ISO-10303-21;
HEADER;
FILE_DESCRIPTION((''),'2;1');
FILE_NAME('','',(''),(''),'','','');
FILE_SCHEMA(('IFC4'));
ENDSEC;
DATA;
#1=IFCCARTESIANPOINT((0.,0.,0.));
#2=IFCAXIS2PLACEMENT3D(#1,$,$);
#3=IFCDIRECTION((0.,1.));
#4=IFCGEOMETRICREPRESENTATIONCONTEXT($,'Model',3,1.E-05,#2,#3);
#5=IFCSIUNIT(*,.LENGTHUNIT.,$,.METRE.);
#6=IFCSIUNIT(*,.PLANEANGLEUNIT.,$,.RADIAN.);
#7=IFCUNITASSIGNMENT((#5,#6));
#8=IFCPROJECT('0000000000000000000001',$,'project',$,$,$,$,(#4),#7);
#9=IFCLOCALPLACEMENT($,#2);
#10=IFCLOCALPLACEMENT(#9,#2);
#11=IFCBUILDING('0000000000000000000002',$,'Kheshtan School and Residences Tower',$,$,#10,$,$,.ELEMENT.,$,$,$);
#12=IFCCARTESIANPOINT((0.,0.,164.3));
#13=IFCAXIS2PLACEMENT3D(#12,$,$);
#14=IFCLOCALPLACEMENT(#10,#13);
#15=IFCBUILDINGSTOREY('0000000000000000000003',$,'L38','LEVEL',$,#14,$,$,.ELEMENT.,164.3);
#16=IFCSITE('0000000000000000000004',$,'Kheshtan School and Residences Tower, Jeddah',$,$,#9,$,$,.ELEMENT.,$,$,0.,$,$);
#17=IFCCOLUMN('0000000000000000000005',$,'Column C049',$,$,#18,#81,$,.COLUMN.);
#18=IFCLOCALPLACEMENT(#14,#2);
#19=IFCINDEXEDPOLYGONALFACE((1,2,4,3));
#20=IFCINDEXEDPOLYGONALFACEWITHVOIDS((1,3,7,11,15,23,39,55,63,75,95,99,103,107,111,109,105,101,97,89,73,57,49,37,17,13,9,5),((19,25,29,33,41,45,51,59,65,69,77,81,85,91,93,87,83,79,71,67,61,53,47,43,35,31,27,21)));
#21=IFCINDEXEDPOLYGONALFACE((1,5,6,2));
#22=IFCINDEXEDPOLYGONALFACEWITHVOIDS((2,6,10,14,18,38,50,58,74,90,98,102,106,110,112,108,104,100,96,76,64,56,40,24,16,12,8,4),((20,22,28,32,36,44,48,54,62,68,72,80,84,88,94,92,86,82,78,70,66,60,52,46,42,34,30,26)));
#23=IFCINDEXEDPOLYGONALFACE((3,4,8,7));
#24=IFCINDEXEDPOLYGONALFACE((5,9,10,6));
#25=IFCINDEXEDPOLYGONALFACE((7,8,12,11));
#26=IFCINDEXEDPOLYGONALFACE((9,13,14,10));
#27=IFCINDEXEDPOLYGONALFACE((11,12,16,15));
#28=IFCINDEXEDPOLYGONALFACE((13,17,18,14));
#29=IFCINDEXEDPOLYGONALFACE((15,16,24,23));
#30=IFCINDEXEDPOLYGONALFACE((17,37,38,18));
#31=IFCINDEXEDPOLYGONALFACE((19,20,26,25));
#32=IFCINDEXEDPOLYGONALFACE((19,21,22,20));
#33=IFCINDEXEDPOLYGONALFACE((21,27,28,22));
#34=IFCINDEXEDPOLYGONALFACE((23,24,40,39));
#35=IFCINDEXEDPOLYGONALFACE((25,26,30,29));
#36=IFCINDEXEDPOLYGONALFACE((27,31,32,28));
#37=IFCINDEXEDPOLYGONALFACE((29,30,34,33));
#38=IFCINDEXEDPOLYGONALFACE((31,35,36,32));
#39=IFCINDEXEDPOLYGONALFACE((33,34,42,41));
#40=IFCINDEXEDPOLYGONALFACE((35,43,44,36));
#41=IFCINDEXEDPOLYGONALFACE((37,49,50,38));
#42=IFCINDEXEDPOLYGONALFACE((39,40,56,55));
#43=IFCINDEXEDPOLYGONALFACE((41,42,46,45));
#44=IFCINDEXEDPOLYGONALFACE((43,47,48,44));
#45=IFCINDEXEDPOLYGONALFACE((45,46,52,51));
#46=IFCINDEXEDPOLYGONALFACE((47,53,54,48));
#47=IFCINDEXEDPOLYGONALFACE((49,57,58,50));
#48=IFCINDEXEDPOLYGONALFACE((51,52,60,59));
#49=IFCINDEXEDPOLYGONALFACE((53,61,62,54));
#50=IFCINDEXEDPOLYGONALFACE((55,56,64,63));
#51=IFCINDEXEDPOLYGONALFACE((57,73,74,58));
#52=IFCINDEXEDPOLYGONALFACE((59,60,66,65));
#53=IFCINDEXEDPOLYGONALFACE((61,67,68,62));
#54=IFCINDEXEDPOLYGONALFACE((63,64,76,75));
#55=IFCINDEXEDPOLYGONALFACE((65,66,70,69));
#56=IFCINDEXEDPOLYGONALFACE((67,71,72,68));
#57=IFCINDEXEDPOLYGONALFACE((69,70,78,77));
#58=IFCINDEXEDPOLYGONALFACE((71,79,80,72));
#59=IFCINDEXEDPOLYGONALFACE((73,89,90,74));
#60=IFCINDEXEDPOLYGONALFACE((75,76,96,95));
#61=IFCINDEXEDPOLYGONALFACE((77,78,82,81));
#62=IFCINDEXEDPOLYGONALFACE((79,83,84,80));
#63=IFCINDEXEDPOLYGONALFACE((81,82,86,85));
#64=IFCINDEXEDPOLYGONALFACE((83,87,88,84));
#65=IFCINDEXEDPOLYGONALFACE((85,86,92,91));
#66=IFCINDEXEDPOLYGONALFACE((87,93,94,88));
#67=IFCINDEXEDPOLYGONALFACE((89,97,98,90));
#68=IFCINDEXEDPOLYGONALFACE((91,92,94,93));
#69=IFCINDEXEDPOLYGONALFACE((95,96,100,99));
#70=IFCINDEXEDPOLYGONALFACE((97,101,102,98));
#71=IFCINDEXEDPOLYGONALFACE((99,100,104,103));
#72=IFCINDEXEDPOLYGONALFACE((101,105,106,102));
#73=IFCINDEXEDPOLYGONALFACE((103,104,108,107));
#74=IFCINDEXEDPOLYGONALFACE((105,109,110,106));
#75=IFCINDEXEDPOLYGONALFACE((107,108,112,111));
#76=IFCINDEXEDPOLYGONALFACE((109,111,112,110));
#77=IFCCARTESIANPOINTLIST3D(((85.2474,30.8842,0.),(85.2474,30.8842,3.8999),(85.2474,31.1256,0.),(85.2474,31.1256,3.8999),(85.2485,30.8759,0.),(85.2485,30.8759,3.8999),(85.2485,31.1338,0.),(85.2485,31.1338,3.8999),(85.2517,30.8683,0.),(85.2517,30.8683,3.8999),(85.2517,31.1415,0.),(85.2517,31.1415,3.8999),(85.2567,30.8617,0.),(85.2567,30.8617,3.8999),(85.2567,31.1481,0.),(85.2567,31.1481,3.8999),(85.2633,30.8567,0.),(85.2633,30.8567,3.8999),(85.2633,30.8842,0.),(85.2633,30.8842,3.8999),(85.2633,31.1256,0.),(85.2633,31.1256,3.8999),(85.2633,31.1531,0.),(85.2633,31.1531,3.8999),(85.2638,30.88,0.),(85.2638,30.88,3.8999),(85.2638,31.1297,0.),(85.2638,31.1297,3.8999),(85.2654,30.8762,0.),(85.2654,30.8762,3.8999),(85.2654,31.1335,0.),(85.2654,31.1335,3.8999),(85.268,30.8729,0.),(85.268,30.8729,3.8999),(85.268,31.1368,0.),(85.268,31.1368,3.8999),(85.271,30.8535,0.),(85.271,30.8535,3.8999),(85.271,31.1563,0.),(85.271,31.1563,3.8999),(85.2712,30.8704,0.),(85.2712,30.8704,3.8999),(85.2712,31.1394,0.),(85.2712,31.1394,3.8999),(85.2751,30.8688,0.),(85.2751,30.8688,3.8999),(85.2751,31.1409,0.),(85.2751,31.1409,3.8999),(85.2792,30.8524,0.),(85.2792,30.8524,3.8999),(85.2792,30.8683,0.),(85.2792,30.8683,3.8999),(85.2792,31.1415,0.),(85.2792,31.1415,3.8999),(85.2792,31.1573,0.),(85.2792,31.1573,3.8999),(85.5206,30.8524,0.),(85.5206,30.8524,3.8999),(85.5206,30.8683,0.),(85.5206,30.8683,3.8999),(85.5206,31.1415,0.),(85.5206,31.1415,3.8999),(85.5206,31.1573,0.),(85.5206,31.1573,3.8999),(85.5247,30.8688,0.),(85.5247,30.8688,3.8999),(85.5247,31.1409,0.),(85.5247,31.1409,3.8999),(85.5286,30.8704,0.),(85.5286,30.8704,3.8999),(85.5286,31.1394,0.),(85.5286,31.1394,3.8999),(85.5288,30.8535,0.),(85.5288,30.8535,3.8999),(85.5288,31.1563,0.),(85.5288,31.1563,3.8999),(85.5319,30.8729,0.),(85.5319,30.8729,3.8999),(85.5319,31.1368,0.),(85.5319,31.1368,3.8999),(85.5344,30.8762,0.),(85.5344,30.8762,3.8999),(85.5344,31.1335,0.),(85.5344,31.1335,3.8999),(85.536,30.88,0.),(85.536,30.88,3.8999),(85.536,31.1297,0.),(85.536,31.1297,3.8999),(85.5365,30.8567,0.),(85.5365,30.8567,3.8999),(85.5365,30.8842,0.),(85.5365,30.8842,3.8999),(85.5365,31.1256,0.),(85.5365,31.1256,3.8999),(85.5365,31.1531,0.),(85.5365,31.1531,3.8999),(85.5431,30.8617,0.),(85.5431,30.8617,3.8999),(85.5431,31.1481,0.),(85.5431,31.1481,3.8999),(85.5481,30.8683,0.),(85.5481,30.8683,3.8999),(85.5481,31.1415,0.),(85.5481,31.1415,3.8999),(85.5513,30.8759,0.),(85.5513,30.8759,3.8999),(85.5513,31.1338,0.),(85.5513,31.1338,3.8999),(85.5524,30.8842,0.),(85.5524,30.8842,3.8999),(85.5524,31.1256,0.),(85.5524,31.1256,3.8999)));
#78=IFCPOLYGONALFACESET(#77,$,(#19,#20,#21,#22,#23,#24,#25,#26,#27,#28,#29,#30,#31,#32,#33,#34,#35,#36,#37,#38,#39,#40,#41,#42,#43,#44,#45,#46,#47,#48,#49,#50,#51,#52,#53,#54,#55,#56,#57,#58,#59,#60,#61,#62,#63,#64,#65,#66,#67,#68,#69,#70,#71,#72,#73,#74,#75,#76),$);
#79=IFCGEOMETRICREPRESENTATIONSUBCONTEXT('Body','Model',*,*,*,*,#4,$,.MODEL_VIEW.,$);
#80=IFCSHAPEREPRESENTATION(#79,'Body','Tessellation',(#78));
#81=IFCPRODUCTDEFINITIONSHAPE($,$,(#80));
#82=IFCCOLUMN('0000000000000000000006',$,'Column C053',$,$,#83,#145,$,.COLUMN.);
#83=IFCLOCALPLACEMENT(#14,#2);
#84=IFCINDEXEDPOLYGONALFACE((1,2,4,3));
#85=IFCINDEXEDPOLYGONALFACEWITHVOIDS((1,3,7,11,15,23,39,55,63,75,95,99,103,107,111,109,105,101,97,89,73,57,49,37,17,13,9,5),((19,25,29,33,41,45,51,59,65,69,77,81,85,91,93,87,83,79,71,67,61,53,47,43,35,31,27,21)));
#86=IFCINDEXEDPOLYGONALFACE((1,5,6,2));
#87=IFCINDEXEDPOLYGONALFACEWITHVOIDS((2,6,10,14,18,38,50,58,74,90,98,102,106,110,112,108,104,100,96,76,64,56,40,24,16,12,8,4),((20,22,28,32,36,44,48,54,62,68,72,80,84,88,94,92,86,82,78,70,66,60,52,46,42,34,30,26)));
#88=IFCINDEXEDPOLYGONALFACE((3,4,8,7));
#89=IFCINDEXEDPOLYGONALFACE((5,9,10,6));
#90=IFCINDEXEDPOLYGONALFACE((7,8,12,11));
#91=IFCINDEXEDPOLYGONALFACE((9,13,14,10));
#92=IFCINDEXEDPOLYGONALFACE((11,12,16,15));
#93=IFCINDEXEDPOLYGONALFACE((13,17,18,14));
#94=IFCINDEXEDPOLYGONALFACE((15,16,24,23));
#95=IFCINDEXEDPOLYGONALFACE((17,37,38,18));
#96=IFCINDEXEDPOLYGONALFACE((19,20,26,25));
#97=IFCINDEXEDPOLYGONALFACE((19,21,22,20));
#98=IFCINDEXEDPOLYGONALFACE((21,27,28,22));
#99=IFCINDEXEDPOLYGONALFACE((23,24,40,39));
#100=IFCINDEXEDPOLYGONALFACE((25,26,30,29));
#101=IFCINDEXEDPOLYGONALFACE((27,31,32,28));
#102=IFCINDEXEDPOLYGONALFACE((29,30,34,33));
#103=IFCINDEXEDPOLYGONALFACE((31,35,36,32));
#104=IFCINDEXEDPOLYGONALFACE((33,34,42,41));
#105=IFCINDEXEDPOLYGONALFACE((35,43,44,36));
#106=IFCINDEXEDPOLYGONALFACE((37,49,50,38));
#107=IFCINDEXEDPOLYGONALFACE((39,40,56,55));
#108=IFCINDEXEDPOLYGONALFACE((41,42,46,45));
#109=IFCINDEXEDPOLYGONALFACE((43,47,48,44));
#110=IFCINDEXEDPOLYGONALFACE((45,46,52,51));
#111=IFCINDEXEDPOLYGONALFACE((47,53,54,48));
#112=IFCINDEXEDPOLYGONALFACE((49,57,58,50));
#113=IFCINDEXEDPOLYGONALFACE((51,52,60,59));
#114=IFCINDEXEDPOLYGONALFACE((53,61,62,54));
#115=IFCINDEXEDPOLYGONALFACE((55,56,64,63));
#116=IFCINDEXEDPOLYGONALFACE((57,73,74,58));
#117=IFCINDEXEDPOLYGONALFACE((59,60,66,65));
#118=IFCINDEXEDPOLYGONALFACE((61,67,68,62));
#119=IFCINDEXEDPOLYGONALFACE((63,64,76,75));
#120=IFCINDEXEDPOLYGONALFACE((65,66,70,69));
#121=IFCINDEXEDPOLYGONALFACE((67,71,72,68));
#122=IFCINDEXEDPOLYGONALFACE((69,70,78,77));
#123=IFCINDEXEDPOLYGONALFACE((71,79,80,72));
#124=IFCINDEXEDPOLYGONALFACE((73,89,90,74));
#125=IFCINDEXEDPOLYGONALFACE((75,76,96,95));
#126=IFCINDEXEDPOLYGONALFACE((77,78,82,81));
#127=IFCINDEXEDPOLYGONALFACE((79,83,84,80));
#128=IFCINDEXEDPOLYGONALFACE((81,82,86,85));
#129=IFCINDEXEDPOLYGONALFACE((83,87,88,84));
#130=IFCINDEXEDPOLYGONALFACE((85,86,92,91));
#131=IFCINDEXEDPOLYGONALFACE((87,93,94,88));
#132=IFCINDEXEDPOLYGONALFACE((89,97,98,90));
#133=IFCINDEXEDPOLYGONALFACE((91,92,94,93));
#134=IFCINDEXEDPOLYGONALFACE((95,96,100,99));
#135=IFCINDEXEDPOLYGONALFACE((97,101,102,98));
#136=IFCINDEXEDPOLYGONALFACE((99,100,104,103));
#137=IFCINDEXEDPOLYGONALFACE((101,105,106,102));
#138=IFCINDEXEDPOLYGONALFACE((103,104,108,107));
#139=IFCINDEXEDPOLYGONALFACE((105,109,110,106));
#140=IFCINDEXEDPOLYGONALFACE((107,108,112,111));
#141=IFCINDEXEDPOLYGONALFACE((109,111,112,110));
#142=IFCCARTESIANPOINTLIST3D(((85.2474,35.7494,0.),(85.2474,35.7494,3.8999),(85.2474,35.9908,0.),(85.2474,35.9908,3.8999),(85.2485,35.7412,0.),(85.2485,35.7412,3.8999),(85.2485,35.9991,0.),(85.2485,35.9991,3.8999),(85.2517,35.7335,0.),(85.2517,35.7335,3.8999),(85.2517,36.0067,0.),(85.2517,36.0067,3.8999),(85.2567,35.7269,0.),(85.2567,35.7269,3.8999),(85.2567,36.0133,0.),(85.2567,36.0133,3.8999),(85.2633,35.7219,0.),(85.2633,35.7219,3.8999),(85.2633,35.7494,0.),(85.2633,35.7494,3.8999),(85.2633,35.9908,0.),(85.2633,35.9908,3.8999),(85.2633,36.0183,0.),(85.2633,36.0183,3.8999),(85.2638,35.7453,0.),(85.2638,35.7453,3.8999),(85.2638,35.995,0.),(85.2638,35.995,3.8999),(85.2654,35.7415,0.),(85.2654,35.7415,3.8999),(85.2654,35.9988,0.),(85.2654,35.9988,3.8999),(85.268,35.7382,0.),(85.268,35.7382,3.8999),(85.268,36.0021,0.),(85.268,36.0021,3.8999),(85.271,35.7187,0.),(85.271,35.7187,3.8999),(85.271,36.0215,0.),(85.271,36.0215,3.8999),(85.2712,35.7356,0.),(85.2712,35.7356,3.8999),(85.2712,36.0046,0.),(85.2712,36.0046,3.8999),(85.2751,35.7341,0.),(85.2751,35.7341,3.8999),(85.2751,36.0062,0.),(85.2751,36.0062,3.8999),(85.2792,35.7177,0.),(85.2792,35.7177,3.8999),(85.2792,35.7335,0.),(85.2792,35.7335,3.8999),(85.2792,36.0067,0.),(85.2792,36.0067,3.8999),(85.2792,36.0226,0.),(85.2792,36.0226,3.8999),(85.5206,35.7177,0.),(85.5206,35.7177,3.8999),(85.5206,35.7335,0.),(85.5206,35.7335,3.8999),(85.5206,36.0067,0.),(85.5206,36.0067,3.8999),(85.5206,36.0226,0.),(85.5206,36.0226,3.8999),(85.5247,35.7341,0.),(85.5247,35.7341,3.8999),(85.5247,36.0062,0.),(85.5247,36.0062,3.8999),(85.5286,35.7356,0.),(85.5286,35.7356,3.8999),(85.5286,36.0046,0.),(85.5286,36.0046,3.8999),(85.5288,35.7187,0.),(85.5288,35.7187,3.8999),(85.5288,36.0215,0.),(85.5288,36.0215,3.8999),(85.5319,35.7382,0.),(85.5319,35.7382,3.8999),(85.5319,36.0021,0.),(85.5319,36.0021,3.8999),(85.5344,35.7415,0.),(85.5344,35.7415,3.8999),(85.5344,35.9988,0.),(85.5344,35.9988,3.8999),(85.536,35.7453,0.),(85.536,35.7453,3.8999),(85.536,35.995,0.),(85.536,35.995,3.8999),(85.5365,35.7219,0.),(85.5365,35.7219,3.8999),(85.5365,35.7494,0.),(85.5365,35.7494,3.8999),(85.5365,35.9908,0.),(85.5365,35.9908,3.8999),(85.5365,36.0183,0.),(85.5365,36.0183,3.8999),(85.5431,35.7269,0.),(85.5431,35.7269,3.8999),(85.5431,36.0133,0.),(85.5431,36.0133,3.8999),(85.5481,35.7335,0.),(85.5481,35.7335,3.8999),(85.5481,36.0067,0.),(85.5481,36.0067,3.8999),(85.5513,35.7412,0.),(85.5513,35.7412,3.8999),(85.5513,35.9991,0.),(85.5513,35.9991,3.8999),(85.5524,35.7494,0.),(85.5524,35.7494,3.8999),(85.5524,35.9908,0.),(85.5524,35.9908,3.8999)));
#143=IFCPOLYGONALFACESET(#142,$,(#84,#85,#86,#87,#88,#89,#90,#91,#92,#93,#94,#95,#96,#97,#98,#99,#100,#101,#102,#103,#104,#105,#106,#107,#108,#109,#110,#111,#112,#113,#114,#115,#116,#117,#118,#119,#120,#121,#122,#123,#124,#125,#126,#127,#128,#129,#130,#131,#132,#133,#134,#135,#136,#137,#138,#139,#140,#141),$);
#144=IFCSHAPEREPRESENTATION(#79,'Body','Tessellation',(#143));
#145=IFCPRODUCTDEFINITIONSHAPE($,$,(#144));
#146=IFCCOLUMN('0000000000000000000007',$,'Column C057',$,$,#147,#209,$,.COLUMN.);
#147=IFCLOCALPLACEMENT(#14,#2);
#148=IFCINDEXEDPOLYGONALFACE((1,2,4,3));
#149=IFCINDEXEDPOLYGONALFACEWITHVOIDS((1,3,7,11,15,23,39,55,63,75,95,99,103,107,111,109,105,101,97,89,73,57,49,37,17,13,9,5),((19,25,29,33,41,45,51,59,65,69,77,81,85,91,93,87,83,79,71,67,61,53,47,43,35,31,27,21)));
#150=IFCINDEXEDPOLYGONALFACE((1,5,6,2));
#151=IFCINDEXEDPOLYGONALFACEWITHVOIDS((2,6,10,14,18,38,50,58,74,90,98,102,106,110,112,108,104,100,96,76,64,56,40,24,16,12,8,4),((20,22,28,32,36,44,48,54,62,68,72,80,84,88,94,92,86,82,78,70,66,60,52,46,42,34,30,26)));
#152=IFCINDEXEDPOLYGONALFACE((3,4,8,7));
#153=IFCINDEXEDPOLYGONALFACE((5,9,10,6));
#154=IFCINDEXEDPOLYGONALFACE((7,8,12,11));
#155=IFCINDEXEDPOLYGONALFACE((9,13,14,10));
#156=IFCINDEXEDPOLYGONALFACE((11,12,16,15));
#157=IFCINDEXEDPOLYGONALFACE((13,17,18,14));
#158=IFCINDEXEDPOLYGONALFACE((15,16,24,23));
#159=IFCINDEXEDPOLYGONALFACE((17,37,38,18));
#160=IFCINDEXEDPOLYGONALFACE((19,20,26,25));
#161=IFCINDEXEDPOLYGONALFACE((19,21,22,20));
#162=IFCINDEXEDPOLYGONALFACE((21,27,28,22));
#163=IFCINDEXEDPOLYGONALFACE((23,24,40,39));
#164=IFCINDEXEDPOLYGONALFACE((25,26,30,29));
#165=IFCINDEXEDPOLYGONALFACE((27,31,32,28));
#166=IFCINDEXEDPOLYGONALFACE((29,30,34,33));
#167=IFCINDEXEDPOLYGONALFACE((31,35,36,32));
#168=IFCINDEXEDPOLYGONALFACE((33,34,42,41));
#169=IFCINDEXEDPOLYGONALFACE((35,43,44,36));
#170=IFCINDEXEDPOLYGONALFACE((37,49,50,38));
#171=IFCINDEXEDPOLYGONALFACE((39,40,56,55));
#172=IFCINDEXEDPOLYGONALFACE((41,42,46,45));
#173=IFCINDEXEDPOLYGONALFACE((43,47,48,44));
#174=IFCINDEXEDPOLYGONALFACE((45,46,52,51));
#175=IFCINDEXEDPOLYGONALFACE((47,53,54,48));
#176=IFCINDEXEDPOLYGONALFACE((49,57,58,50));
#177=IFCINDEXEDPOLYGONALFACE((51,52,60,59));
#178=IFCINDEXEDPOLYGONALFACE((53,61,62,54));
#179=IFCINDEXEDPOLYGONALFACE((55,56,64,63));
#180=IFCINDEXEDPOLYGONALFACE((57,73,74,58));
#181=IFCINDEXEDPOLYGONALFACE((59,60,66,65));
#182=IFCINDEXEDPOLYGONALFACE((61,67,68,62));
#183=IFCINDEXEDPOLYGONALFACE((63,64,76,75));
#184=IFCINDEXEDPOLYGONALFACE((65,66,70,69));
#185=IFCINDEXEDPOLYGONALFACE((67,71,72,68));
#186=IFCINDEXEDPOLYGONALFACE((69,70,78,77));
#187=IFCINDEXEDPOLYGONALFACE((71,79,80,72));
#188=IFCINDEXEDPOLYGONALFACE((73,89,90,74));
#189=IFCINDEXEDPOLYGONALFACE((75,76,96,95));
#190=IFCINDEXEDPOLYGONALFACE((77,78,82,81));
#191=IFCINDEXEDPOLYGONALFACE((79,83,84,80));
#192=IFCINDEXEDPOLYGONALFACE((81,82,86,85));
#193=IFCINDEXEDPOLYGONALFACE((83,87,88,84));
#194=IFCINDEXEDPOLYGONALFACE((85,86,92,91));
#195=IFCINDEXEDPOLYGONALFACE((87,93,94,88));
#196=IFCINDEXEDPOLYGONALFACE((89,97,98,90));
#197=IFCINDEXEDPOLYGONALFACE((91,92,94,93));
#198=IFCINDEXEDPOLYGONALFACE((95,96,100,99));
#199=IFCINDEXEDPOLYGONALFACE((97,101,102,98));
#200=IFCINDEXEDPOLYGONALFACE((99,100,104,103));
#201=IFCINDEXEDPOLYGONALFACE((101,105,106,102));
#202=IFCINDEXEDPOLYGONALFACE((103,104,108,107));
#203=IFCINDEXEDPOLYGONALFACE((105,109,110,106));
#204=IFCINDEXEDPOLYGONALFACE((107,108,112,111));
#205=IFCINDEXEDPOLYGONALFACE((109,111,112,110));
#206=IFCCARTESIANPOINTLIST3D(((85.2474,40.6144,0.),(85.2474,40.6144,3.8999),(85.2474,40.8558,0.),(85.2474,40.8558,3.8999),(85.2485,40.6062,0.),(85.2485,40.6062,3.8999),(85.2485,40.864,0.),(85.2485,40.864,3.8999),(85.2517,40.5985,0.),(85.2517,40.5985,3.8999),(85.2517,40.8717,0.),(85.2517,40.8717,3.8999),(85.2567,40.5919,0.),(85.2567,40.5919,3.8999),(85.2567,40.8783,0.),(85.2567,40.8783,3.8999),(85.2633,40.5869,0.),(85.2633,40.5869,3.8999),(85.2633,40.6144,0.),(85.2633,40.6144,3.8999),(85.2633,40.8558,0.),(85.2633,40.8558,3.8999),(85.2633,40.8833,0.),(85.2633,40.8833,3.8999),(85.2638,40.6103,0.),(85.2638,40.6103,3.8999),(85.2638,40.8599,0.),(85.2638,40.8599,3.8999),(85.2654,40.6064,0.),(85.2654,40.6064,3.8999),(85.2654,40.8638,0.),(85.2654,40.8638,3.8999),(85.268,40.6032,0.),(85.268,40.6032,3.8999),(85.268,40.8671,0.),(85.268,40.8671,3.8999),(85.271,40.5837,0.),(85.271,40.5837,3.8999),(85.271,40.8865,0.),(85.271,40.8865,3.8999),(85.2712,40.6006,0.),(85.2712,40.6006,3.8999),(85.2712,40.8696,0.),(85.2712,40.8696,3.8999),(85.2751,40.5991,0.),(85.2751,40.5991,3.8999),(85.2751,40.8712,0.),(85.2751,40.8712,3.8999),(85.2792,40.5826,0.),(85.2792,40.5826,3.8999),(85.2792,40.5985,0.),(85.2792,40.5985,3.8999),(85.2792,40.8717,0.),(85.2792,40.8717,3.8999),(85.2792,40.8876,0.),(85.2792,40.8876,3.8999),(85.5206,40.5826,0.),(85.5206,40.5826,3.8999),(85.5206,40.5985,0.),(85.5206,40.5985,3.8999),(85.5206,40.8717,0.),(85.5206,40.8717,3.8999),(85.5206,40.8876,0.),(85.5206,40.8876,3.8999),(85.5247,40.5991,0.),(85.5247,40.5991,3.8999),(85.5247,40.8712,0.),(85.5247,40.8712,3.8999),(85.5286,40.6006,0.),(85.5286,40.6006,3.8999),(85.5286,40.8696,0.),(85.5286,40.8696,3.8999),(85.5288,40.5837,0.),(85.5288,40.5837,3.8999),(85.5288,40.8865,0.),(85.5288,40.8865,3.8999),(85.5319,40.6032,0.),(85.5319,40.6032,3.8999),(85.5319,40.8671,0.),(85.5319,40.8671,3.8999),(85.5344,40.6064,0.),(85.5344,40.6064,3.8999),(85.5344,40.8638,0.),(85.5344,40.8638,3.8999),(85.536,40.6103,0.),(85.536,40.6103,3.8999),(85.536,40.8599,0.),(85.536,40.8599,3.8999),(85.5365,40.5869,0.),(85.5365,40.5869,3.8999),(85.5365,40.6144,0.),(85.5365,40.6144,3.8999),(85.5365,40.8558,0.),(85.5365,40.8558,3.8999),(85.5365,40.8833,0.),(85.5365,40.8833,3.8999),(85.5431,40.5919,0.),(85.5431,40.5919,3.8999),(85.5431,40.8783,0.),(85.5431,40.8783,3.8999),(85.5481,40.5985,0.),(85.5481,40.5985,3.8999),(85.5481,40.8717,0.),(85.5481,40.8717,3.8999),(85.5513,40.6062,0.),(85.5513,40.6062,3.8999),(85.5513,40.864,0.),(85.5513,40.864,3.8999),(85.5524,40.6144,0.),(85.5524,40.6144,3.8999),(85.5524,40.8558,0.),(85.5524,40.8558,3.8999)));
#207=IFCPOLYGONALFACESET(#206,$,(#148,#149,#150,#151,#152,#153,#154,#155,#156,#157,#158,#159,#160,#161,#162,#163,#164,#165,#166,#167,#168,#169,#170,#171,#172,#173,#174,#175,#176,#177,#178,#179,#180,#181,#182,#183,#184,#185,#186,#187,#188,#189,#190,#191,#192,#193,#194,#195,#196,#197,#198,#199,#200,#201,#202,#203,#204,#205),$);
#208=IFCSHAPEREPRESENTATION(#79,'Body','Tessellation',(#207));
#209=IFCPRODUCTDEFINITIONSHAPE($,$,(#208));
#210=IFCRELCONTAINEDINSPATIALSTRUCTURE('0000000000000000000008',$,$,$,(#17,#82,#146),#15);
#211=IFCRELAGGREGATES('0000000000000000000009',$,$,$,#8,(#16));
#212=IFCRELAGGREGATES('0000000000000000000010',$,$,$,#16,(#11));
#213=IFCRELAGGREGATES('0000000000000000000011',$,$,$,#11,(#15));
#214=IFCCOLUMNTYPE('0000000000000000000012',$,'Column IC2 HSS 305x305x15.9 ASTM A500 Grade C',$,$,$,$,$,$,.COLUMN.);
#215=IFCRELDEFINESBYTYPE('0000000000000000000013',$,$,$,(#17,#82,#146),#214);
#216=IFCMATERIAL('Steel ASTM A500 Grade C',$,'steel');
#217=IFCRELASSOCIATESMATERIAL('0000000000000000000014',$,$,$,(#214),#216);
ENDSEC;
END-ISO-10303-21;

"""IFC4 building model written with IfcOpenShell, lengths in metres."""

from ifc_helpers import new_model, si_unit, direction, frame, origin, origin_2d, place, context, subcontext, project, spatial, hollow_rectangle, extrude, material, material_profile, profile_set, type_object, element, save


model = new_model("IFC4")

# Units and contexts
model_context = context("Model", 3, precision=1e-05, world=origin(), true_north=direction((0.0, 1.0)))
body_context = subcontext(model_context, "Body", "Model", "MODEL_VIEW")
ifc_project = project(units=[si_unit("LENGTHUNIT", "METRE"), si_unit("PLANEANGLEUNIT", "RADIAN")], contexts=[model_context])

# Site, building, storey
site_placement = place(None, origin())
site = spatial("IfcSite", under=ifc_project, at=site_placement, Name="Kheshtan School and Residences Tower, Jeddah", CompositionType="ELEMENT", RefElevation=0.0)
building_placement = place(site_placement, origin())
building = spatial("IfcBuilding", under=site, at=building_placement, Name="Kheshtan School and Residences Tower", CompositionType="ELEMENT")
storey_placement = place(building_placement, frame((0.0, 0.0, 164.3)))
storey = spatial("IfcBuildingStorey", under=building, at=storey_placement, Name="L38", Description="LEVEL", CompositionType="ELEMENT", Elevation=164.3)

# Columns
ifc_material_1 = material(Name="Steel ASTM A500 Grade C", Category="steel")
ifc_material_profile_1 = material_profile(ifc_material_1, hollow_rectangle(XDim=0.3049, YDim=0.3049, WallThickness=0.0159, InnerFilletRadius=0.0159, OuterFilletRadius=0.0317, at=origin_2d()), Name="HSS 305x305x15.9")
ifc_profile_set_1 = profile_set([ifc_material_profile_1], Name="Steel ASTM A500 Grade C")
column_type = type_object("IfcColumnType", Name="Column IC2 HSS 305x305x15.9 ASTM A500 Grade C", PredefinedType="COLUMN", material=ifc_profile_set_1)
for number, where, z_axis, x_axis, name in (
    (1, (85.3999, 31.0049, 0.0), (0.0, 0.0, 1.0), (1.0, 0.0, 0.0), "Column C049"),
    (2, (85.3999, 35.8701, 0.0), (0.0, 0.0, 1.0), (1.0, 0.0, 0.0), "Column C053"),
    (3, (85.3999, 40.7351, 0.0), (0.0, 0.0, 1.0), (1.0, 0.0, 0.0), "Column C057"),
):
    element("IfcColumn", number, at=place(storey_placement, frame(where, z_axis=z_axis, x_axis=x_axis)), inside=storey, type_object=column_type, Name=name, PredefinedType="COLUMN", context=body_context, shape_type="SweptSolid", body=[
        extrude(hollow_rectangle(XDim=0.3049, YDim=0.3049, WallThickness=0.0159, InnerFilletRadius=0.0159, OuterFilletRadius=0.0317, at=origin_2d()), origin(), (0.0, 0.0, 1.0), 3.8999),
    ])

save(model, "model.ifc")
